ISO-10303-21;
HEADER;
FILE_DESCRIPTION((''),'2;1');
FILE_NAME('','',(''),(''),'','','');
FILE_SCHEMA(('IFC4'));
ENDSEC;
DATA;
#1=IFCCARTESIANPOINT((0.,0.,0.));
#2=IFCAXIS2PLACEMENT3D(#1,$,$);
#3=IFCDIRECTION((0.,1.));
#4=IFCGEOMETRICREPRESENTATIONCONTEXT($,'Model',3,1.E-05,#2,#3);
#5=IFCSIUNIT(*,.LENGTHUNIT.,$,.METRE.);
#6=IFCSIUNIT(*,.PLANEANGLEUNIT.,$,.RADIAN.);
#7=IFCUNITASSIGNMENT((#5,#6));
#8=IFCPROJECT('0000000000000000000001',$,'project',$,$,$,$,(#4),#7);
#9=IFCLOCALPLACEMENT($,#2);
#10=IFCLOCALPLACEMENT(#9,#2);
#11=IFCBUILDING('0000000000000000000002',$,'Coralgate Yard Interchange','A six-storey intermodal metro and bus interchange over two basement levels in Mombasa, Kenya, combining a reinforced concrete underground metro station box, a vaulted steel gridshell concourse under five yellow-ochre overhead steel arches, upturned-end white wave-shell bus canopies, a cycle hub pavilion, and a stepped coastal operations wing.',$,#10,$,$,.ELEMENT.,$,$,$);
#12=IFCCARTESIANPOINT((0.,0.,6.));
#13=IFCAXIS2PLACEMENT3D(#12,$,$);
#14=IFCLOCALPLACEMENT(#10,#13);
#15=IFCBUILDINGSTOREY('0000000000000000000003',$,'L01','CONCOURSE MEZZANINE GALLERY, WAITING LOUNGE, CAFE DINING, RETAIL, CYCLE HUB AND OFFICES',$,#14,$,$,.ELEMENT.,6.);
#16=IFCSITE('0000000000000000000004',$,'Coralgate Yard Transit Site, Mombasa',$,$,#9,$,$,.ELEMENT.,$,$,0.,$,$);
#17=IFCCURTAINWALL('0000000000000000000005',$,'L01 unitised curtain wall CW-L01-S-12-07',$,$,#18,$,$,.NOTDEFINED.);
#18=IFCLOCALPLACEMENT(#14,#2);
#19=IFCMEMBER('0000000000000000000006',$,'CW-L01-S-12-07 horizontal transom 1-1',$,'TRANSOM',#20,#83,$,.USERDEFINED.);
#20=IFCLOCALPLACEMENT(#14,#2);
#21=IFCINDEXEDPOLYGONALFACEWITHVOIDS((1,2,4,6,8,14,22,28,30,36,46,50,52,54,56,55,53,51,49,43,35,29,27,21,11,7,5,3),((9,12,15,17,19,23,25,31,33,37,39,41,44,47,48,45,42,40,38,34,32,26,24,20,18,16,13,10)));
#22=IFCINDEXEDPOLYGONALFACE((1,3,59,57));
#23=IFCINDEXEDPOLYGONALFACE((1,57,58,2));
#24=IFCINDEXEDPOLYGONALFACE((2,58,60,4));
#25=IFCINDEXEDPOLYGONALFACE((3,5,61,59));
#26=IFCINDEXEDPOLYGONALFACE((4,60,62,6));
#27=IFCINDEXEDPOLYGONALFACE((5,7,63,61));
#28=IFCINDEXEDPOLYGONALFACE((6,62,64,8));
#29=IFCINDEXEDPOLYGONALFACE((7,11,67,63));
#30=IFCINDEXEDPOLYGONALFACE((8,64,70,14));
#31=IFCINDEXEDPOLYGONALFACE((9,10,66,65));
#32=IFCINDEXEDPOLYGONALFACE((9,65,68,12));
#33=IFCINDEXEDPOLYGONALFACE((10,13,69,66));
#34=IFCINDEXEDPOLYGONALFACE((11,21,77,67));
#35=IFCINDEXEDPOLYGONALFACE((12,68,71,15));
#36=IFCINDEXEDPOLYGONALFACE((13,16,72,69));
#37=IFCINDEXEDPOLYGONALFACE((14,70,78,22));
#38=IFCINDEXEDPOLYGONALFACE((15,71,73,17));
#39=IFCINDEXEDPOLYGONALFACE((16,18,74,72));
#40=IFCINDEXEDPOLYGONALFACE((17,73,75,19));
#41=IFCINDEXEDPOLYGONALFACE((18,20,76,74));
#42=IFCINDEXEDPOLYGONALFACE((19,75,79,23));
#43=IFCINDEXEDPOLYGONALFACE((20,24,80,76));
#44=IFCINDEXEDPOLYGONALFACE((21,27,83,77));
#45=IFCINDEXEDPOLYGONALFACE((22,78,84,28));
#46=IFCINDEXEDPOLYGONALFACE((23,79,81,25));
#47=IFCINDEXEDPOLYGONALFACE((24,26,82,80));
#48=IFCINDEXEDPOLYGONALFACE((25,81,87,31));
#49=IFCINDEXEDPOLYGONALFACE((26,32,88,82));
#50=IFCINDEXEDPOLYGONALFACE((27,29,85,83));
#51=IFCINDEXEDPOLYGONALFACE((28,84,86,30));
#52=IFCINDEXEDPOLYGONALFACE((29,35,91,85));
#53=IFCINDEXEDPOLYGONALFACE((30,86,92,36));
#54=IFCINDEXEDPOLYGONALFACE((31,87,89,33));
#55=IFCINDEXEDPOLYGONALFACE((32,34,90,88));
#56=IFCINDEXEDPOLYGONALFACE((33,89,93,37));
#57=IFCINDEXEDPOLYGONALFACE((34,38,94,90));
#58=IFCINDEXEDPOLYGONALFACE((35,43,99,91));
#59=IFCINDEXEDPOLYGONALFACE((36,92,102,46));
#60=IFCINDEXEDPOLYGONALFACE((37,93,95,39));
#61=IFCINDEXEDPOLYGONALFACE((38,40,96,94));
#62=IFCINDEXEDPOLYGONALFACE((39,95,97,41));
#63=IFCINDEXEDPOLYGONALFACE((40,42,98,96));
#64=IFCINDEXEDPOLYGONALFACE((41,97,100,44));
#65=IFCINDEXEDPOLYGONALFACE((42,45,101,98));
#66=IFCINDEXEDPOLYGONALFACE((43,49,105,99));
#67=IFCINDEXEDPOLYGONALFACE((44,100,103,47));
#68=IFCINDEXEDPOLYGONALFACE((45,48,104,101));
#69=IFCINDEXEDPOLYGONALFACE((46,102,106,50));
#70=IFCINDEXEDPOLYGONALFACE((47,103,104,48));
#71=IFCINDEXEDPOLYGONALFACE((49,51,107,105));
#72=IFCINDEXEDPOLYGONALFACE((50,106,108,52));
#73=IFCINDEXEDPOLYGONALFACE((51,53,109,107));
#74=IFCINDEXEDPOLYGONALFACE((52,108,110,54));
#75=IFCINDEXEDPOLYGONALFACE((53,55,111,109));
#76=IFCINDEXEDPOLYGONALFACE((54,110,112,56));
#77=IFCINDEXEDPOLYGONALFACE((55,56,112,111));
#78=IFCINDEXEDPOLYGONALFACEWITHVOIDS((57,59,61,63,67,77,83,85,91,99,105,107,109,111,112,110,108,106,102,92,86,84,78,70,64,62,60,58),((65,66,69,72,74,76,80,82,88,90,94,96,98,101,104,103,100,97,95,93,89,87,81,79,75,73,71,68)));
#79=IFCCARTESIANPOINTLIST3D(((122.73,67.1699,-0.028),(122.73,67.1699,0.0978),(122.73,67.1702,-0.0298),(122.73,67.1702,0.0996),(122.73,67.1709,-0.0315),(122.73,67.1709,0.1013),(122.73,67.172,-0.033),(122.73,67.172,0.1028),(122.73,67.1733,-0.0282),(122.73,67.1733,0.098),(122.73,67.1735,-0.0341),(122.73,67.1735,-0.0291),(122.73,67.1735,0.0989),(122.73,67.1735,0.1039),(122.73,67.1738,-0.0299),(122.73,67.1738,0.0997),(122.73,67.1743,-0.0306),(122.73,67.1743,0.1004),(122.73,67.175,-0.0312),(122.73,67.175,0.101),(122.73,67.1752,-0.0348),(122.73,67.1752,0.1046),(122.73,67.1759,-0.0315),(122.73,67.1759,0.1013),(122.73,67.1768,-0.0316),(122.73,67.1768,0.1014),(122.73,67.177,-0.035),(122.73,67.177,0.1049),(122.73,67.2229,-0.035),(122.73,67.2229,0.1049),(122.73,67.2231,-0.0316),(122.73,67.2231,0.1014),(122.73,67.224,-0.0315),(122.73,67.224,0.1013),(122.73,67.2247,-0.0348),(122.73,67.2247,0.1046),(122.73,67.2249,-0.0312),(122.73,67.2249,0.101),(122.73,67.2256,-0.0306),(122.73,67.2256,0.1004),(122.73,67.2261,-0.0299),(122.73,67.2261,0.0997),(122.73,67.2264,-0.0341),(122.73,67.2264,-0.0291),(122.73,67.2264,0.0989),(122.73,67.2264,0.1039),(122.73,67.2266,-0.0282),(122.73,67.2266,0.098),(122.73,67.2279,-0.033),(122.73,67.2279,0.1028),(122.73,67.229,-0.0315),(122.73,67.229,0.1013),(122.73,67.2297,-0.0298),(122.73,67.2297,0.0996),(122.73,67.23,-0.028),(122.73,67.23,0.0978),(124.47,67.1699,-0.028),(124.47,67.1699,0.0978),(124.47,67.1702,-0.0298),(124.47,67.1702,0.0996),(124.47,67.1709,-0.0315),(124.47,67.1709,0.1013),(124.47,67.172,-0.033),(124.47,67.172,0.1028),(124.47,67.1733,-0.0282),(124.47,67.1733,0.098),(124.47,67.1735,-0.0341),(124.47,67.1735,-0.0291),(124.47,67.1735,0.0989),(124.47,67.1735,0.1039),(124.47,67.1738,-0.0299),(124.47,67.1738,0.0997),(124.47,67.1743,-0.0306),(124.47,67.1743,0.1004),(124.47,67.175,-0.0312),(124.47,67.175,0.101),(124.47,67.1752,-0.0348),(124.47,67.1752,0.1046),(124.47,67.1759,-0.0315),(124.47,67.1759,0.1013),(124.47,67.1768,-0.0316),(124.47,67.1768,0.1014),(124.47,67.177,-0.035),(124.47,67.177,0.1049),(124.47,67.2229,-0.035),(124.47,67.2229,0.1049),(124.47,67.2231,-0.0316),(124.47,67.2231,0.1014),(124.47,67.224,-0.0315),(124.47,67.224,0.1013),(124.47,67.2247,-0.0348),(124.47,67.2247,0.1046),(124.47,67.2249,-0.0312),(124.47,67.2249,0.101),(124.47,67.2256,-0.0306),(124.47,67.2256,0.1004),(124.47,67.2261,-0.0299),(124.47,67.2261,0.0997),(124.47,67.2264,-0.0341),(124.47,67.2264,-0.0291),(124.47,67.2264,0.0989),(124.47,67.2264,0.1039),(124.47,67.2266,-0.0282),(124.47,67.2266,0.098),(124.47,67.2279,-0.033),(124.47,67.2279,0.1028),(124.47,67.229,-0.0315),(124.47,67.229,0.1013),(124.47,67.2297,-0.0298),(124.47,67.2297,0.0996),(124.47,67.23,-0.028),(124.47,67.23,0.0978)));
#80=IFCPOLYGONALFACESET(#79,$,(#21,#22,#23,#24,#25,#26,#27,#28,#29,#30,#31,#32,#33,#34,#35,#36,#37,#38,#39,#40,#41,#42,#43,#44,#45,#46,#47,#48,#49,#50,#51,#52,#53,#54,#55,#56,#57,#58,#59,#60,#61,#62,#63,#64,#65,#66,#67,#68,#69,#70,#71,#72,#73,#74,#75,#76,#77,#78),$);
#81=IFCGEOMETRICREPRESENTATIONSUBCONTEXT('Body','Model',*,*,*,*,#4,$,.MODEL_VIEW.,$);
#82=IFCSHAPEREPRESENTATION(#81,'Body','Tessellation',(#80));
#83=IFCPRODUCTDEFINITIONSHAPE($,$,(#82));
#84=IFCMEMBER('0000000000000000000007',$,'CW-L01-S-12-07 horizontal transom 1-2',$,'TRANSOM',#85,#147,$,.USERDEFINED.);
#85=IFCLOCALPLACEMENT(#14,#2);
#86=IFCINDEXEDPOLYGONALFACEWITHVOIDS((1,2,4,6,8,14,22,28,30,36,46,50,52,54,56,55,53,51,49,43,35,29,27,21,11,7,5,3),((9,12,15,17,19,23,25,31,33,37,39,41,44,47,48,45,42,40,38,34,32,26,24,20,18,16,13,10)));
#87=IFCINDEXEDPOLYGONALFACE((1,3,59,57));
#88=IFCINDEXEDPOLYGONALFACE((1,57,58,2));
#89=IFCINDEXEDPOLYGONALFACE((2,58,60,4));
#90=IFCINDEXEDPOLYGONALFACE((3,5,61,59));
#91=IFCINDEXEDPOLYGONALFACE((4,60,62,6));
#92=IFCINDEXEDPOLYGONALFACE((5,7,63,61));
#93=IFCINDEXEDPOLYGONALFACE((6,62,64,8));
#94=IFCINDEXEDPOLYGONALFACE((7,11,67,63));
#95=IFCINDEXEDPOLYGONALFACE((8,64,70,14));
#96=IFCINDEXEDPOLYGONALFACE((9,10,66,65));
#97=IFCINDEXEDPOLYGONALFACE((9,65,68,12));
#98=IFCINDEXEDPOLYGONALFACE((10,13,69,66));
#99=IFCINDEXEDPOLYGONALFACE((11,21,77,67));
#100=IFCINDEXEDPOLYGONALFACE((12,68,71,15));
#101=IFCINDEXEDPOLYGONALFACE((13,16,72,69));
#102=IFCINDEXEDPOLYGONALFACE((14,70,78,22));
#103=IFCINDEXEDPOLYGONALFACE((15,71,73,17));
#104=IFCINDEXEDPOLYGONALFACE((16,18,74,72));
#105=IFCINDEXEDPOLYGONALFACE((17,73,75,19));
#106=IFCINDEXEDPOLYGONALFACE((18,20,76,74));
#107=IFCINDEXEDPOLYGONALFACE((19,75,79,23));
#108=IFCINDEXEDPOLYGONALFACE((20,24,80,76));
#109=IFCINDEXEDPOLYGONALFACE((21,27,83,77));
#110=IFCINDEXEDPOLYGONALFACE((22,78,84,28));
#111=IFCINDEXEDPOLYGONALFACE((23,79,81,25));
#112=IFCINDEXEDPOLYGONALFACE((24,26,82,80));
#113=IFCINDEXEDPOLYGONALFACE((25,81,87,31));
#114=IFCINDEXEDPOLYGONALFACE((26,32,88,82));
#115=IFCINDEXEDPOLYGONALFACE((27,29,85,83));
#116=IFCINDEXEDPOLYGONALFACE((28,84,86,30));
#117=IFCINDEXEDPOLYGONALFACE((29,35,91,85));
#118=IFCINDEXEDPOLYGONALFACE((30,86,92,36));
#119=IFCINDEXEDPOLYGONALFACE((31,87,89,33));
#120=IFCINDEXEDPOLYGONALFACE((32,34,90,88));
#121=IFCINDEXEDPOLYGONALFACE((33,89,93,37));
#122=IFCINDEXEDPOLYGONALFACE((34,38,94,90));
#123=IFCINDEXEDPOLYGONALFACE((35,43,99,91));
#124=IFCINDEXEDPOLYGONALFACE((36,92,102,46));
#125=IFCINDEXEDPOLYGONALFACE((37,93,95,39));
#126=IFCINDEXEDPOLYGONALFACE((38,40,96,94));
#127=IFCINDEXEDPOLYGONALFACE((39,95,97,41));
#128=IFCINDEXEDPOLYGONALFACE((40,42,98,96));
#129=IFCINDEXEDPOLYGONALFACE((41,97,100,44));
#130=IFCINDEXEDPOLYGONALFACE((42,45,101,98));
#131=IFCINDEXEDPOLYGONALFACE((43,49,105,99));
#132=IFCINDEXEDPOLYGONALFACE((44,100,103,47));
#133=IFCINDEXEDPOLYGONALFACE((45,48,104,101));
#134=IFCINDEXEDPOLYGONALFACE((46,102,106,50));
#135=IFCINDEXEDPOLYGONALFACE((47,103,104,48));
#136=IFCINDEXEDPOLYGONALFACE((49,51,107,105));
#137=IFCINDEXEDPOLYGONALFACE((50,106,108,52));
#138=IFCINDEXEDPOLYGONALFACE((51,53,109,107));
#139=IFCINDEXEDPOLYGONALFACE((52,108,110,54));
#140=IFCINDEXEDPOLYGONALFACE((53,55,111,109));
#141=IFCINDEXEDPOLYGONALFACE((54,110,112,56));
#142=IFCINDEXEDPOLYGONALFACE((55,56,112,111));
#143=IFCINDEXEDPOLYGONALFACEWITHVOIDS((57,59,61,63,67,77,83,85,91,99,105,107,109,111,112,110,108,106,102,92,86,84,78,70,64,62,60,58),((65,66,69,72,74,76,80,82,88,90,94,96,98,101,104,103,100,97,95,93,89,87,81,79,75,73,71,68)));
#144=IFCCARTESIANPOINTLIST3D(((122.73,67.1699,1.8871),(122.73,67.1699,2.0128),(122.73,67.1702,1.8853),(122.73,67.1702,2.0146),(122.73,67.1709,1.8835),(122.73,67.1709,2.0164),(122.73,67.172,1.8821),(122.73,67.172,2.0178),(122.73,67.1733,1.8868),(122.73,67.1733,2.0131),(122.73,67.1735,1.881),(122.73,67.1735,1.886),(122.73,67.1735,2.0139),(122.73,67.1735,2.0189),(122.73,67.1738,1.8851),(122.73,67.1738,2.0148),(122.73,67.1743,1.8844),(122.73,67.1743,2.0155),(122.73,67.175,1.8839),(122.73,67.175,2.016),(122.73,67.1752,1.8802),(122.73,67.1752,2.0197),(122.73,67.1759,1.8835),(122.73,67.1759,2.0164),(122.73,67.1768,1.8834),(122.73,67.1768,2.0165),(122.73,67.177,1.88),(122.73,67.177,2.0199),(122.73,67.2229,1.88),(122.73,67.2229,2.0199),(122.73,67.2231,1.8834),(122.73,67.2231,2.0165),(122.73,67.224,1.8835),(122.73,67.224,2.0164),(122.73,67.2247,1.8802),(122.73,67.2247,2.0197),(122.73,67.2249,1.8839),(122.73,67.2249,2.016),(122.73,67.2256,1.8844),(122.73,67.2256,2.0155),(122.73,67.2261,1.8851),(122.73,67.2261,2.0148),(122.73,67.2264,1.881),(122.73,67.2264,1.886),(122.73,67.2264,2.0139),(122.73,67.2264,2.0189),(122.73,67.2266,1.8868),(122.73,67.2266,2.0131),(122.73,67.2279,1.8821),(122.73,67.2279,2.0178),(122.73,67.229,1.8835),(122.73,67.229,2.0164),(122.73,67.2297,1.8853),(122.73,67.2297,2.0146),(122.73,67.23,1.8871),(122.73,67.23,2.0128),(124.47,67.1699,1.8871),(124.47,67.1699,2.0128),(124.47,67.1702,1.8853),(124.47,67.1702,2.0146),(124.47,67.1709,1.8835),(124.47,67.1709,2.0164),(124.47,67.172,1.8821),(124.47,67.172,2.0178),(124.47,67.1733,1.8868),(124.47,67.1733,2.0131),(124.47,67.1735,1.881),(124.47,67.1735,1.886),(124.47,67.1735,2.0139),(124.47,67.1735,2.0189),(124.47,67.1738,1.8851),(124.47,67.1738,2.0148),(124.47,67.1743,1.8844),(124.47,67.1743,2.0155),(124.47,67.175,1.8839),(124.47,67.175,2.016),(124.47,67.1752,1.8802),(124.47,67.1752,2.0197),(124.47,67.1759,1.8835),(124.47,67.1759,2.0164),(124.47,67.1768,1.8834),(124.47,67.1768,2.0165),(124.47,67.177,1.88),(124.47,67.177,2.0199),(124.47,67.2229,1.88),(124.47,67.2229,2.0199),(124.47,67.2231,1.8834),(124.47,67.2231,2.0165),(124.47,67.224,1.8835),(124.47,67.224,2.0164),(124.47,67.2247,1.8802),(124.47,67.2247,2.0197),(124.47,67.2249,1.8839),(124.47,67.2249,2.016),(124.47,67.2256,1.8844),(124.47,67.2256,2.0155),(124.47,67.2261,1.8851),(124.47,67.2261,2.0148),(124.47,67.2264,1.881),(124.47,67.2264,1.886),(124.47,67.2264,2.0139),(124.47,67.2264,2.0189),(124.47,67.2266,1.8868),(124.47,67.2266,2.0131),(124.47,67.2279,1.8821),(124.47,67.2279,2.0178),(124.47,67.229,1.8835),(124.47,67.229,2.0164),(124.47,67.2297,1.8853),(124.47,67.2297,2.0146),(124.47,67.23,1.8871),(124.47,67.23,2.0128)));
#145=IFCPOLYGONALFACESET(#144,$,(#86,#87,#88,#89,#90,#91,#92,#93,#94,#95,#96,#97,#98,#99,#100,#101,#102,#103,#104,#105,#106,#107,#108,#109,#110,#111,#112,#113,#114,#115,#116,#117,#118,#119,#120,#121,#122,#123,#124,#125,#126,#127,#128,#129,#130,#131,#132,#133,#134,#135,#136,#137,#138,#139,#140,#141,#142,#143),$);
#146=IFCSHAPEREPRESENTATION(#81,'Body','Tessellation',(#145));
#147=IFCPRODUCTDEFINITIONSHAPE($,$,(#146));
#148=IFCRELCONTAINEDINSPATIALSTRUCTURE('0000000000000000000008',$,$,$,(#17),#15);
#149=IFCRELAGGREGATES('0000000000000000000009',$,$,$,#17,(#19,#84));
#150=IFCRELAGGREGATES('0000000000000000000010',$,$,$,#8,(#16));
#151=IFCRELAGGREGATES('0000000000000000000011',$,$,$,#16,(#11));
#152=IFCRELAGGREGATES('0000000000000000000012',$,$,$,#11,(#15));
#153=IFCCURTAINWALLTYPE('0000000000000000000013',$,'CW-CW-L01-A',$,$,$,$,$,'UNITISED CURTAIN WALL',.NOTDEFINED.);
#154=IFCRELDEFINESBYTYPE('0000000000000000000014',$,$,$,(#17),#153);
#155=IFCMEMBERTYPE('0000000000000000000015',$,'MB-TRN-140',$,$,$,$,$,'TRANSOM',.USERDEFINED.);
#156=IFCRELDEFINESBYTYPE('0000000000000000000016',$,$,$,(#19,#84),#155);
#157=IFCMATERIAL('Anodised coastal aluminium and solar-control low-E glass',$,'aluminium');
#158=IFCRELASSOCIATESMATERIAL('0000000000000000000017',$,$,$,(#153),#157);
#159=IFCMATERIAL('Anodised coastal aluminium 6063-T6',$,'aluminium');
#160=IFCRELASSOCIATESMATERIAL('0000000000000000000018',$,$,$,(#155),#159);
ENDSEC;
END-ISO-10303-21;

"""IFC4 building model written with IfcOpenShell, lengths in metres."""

from ifc_helpers import new_model, si_unit, direction, frame, origin, origin_2d, place, context, subcontext, project, spatial, hollow_rectangle, extrude, material, material_profile, profile_set, type_object, element, aggregate, save


model = new_model("IFC4")

# Units and contexts
model_context = context("Model", 3, precision=1e-05, world=origin(), true_north=direction((0.0, 1.0)))
body_context = subcontext(model_context, "Body", "Model", "MODEL_VIEW")
ifc_project = project(units=[si_unit("LENGTHUNIT", "METRE"), si_unit("PLANEANGLEUNIT", "RADIAN")], contexts=[model_context])

# Site, building, storey
site_placement = place(None, origin())
site = spatial("IfcSite", under=ifc_project, at=site_placement, Name="Coralgate Yard Transit Site, Mombasa", CompositionType="ELEMENT", RefElevation=0.0)
building_placement = place(site_placement, origin())
building = spatial("IfcBuilding", under=site, at=building_placement, Name="Coralgate Yard Interchange", Description="A six-storey intermodal metro and bus interchange over two basement levels in Mombasa, Kenya, combining a reinforced concrete underground metro station box, a vaulted steel gridshell concourse under five yellow-ochre overhead steel arches, upturned-end white wave-shell bus canopies, a cycle hub pavilion, and a stepped coastal operations wing.", CompositionType="ELEMENT")
storey_placement = place(building_placement, frame((0.0, 0.0, 6.0)))
storey = spatial("IfcBuildingStorey", under=building, at=storey_placement, Name="L01", Description="CONCOURSE MEZZANINE GALLERY, WAITING LOUNGE, CAFE DINING, RETAIL, CYCLE HUB AND OFFICES", CompositionType="ELEMENT", Elevation=6.0)

# Curtain wall, members
ifc_material_1 = material(Name="Anodised coastal aluminium and solar-control low-E glass", Category="aluminium")
curtain_wall_type = type_object("IfcCurtainWallType", Name="CW-CW-L01-A", ElementType="UNITISED CURTAIN WALL", PredefinedType="NOTDEFINED", material=ifc_material_1)
curtain_wall_placement = place(storey_placement, origin())
curtain_wall = element("IfcCurtainWall", 1, at=curtain_wall_placement, inside=storey, type_object=curtain_wall_type, Name="L01 unitised curtain wall CW-L01-S-12-07", PredefinedType="NOTDEFINED")
ifc_material_2 = material(Name="Anodised coastal aluminium 6063-T6", Category="aluminium")
ifc_material_profile_1 = material_profile(ifc_material_2, hollow_rectangle(XDim=0.0601, YDim=0.1399, WallThickness=0.0034, InnerFilletRadius=0.0034, OuterFilletRadius=0.0071, at=origin_2d()), Name="ALU 60x140x3.5")
ifc_profile_set_1 = profile_set([ifc_material_profile_1], Name="Anodised coastal aluminium 6063-T6")
member_type_1 = type_object("IfcMemberType", Name="MB-TRN-140", ElementType="TRANSOM", PredefinedType="USERDEFINED", material=ifc_profile_set_1)
member_1_placement = place(storey_placement, frame((124.47, 67.2, 0.0349), z_axis=(-1.0, 0.0, 0.0), x_axis=(0.0, -1.0, 0.0)))
member_1 = element("IfcMember", 2, at=member_1_placement, type_object=member_type_1, Name="CW-L01-S-12-07 horizontal transom 1-1", ObjectType="TRANSOM", PredefinedType="USERDEFINED", context=body_context, shape_type="SweptSolid", body=[
    extrude(hollow_rectangle(XDim=0.0601, YDim=0.1399, WallThickness=0.0034, InnerFilletRadius=0.0034, OuterFilletRadius=0.0071, at=origin_2d()), origin(), (0.0, 0.0, 1.0), 1.74),
])
member_2_placement = place(storey_placement, frame((124.47, 67.2, 1.95), z_axis=(-1.0, 0.0, 0.0), x_axis=(0.0, -1.0, 0.0)))
member_2 = element("IfcMember", 3, at=member_2_placement, type_object=member_type_1, Name="CW-L01-S-12-07 horizontal transom 1-2", ObjectType="TRANSOM", PredefinedType="USERDEFINED", context=body_context, shape_type="SweptSolid", body=[
    extrude(hollow_rectangle(XDim=0.0601, YDim=0.1399, WallThickness=0.0034, InnerFilletRadius=0.0034, OuterFilletRadius=0.0071, at=origin_2d()), origin(), (0.0, 0.0, 1.0), 1.74),
])
aggregate(curtain_wall, [member_1, member_2])

save(model, "model.ifc")
